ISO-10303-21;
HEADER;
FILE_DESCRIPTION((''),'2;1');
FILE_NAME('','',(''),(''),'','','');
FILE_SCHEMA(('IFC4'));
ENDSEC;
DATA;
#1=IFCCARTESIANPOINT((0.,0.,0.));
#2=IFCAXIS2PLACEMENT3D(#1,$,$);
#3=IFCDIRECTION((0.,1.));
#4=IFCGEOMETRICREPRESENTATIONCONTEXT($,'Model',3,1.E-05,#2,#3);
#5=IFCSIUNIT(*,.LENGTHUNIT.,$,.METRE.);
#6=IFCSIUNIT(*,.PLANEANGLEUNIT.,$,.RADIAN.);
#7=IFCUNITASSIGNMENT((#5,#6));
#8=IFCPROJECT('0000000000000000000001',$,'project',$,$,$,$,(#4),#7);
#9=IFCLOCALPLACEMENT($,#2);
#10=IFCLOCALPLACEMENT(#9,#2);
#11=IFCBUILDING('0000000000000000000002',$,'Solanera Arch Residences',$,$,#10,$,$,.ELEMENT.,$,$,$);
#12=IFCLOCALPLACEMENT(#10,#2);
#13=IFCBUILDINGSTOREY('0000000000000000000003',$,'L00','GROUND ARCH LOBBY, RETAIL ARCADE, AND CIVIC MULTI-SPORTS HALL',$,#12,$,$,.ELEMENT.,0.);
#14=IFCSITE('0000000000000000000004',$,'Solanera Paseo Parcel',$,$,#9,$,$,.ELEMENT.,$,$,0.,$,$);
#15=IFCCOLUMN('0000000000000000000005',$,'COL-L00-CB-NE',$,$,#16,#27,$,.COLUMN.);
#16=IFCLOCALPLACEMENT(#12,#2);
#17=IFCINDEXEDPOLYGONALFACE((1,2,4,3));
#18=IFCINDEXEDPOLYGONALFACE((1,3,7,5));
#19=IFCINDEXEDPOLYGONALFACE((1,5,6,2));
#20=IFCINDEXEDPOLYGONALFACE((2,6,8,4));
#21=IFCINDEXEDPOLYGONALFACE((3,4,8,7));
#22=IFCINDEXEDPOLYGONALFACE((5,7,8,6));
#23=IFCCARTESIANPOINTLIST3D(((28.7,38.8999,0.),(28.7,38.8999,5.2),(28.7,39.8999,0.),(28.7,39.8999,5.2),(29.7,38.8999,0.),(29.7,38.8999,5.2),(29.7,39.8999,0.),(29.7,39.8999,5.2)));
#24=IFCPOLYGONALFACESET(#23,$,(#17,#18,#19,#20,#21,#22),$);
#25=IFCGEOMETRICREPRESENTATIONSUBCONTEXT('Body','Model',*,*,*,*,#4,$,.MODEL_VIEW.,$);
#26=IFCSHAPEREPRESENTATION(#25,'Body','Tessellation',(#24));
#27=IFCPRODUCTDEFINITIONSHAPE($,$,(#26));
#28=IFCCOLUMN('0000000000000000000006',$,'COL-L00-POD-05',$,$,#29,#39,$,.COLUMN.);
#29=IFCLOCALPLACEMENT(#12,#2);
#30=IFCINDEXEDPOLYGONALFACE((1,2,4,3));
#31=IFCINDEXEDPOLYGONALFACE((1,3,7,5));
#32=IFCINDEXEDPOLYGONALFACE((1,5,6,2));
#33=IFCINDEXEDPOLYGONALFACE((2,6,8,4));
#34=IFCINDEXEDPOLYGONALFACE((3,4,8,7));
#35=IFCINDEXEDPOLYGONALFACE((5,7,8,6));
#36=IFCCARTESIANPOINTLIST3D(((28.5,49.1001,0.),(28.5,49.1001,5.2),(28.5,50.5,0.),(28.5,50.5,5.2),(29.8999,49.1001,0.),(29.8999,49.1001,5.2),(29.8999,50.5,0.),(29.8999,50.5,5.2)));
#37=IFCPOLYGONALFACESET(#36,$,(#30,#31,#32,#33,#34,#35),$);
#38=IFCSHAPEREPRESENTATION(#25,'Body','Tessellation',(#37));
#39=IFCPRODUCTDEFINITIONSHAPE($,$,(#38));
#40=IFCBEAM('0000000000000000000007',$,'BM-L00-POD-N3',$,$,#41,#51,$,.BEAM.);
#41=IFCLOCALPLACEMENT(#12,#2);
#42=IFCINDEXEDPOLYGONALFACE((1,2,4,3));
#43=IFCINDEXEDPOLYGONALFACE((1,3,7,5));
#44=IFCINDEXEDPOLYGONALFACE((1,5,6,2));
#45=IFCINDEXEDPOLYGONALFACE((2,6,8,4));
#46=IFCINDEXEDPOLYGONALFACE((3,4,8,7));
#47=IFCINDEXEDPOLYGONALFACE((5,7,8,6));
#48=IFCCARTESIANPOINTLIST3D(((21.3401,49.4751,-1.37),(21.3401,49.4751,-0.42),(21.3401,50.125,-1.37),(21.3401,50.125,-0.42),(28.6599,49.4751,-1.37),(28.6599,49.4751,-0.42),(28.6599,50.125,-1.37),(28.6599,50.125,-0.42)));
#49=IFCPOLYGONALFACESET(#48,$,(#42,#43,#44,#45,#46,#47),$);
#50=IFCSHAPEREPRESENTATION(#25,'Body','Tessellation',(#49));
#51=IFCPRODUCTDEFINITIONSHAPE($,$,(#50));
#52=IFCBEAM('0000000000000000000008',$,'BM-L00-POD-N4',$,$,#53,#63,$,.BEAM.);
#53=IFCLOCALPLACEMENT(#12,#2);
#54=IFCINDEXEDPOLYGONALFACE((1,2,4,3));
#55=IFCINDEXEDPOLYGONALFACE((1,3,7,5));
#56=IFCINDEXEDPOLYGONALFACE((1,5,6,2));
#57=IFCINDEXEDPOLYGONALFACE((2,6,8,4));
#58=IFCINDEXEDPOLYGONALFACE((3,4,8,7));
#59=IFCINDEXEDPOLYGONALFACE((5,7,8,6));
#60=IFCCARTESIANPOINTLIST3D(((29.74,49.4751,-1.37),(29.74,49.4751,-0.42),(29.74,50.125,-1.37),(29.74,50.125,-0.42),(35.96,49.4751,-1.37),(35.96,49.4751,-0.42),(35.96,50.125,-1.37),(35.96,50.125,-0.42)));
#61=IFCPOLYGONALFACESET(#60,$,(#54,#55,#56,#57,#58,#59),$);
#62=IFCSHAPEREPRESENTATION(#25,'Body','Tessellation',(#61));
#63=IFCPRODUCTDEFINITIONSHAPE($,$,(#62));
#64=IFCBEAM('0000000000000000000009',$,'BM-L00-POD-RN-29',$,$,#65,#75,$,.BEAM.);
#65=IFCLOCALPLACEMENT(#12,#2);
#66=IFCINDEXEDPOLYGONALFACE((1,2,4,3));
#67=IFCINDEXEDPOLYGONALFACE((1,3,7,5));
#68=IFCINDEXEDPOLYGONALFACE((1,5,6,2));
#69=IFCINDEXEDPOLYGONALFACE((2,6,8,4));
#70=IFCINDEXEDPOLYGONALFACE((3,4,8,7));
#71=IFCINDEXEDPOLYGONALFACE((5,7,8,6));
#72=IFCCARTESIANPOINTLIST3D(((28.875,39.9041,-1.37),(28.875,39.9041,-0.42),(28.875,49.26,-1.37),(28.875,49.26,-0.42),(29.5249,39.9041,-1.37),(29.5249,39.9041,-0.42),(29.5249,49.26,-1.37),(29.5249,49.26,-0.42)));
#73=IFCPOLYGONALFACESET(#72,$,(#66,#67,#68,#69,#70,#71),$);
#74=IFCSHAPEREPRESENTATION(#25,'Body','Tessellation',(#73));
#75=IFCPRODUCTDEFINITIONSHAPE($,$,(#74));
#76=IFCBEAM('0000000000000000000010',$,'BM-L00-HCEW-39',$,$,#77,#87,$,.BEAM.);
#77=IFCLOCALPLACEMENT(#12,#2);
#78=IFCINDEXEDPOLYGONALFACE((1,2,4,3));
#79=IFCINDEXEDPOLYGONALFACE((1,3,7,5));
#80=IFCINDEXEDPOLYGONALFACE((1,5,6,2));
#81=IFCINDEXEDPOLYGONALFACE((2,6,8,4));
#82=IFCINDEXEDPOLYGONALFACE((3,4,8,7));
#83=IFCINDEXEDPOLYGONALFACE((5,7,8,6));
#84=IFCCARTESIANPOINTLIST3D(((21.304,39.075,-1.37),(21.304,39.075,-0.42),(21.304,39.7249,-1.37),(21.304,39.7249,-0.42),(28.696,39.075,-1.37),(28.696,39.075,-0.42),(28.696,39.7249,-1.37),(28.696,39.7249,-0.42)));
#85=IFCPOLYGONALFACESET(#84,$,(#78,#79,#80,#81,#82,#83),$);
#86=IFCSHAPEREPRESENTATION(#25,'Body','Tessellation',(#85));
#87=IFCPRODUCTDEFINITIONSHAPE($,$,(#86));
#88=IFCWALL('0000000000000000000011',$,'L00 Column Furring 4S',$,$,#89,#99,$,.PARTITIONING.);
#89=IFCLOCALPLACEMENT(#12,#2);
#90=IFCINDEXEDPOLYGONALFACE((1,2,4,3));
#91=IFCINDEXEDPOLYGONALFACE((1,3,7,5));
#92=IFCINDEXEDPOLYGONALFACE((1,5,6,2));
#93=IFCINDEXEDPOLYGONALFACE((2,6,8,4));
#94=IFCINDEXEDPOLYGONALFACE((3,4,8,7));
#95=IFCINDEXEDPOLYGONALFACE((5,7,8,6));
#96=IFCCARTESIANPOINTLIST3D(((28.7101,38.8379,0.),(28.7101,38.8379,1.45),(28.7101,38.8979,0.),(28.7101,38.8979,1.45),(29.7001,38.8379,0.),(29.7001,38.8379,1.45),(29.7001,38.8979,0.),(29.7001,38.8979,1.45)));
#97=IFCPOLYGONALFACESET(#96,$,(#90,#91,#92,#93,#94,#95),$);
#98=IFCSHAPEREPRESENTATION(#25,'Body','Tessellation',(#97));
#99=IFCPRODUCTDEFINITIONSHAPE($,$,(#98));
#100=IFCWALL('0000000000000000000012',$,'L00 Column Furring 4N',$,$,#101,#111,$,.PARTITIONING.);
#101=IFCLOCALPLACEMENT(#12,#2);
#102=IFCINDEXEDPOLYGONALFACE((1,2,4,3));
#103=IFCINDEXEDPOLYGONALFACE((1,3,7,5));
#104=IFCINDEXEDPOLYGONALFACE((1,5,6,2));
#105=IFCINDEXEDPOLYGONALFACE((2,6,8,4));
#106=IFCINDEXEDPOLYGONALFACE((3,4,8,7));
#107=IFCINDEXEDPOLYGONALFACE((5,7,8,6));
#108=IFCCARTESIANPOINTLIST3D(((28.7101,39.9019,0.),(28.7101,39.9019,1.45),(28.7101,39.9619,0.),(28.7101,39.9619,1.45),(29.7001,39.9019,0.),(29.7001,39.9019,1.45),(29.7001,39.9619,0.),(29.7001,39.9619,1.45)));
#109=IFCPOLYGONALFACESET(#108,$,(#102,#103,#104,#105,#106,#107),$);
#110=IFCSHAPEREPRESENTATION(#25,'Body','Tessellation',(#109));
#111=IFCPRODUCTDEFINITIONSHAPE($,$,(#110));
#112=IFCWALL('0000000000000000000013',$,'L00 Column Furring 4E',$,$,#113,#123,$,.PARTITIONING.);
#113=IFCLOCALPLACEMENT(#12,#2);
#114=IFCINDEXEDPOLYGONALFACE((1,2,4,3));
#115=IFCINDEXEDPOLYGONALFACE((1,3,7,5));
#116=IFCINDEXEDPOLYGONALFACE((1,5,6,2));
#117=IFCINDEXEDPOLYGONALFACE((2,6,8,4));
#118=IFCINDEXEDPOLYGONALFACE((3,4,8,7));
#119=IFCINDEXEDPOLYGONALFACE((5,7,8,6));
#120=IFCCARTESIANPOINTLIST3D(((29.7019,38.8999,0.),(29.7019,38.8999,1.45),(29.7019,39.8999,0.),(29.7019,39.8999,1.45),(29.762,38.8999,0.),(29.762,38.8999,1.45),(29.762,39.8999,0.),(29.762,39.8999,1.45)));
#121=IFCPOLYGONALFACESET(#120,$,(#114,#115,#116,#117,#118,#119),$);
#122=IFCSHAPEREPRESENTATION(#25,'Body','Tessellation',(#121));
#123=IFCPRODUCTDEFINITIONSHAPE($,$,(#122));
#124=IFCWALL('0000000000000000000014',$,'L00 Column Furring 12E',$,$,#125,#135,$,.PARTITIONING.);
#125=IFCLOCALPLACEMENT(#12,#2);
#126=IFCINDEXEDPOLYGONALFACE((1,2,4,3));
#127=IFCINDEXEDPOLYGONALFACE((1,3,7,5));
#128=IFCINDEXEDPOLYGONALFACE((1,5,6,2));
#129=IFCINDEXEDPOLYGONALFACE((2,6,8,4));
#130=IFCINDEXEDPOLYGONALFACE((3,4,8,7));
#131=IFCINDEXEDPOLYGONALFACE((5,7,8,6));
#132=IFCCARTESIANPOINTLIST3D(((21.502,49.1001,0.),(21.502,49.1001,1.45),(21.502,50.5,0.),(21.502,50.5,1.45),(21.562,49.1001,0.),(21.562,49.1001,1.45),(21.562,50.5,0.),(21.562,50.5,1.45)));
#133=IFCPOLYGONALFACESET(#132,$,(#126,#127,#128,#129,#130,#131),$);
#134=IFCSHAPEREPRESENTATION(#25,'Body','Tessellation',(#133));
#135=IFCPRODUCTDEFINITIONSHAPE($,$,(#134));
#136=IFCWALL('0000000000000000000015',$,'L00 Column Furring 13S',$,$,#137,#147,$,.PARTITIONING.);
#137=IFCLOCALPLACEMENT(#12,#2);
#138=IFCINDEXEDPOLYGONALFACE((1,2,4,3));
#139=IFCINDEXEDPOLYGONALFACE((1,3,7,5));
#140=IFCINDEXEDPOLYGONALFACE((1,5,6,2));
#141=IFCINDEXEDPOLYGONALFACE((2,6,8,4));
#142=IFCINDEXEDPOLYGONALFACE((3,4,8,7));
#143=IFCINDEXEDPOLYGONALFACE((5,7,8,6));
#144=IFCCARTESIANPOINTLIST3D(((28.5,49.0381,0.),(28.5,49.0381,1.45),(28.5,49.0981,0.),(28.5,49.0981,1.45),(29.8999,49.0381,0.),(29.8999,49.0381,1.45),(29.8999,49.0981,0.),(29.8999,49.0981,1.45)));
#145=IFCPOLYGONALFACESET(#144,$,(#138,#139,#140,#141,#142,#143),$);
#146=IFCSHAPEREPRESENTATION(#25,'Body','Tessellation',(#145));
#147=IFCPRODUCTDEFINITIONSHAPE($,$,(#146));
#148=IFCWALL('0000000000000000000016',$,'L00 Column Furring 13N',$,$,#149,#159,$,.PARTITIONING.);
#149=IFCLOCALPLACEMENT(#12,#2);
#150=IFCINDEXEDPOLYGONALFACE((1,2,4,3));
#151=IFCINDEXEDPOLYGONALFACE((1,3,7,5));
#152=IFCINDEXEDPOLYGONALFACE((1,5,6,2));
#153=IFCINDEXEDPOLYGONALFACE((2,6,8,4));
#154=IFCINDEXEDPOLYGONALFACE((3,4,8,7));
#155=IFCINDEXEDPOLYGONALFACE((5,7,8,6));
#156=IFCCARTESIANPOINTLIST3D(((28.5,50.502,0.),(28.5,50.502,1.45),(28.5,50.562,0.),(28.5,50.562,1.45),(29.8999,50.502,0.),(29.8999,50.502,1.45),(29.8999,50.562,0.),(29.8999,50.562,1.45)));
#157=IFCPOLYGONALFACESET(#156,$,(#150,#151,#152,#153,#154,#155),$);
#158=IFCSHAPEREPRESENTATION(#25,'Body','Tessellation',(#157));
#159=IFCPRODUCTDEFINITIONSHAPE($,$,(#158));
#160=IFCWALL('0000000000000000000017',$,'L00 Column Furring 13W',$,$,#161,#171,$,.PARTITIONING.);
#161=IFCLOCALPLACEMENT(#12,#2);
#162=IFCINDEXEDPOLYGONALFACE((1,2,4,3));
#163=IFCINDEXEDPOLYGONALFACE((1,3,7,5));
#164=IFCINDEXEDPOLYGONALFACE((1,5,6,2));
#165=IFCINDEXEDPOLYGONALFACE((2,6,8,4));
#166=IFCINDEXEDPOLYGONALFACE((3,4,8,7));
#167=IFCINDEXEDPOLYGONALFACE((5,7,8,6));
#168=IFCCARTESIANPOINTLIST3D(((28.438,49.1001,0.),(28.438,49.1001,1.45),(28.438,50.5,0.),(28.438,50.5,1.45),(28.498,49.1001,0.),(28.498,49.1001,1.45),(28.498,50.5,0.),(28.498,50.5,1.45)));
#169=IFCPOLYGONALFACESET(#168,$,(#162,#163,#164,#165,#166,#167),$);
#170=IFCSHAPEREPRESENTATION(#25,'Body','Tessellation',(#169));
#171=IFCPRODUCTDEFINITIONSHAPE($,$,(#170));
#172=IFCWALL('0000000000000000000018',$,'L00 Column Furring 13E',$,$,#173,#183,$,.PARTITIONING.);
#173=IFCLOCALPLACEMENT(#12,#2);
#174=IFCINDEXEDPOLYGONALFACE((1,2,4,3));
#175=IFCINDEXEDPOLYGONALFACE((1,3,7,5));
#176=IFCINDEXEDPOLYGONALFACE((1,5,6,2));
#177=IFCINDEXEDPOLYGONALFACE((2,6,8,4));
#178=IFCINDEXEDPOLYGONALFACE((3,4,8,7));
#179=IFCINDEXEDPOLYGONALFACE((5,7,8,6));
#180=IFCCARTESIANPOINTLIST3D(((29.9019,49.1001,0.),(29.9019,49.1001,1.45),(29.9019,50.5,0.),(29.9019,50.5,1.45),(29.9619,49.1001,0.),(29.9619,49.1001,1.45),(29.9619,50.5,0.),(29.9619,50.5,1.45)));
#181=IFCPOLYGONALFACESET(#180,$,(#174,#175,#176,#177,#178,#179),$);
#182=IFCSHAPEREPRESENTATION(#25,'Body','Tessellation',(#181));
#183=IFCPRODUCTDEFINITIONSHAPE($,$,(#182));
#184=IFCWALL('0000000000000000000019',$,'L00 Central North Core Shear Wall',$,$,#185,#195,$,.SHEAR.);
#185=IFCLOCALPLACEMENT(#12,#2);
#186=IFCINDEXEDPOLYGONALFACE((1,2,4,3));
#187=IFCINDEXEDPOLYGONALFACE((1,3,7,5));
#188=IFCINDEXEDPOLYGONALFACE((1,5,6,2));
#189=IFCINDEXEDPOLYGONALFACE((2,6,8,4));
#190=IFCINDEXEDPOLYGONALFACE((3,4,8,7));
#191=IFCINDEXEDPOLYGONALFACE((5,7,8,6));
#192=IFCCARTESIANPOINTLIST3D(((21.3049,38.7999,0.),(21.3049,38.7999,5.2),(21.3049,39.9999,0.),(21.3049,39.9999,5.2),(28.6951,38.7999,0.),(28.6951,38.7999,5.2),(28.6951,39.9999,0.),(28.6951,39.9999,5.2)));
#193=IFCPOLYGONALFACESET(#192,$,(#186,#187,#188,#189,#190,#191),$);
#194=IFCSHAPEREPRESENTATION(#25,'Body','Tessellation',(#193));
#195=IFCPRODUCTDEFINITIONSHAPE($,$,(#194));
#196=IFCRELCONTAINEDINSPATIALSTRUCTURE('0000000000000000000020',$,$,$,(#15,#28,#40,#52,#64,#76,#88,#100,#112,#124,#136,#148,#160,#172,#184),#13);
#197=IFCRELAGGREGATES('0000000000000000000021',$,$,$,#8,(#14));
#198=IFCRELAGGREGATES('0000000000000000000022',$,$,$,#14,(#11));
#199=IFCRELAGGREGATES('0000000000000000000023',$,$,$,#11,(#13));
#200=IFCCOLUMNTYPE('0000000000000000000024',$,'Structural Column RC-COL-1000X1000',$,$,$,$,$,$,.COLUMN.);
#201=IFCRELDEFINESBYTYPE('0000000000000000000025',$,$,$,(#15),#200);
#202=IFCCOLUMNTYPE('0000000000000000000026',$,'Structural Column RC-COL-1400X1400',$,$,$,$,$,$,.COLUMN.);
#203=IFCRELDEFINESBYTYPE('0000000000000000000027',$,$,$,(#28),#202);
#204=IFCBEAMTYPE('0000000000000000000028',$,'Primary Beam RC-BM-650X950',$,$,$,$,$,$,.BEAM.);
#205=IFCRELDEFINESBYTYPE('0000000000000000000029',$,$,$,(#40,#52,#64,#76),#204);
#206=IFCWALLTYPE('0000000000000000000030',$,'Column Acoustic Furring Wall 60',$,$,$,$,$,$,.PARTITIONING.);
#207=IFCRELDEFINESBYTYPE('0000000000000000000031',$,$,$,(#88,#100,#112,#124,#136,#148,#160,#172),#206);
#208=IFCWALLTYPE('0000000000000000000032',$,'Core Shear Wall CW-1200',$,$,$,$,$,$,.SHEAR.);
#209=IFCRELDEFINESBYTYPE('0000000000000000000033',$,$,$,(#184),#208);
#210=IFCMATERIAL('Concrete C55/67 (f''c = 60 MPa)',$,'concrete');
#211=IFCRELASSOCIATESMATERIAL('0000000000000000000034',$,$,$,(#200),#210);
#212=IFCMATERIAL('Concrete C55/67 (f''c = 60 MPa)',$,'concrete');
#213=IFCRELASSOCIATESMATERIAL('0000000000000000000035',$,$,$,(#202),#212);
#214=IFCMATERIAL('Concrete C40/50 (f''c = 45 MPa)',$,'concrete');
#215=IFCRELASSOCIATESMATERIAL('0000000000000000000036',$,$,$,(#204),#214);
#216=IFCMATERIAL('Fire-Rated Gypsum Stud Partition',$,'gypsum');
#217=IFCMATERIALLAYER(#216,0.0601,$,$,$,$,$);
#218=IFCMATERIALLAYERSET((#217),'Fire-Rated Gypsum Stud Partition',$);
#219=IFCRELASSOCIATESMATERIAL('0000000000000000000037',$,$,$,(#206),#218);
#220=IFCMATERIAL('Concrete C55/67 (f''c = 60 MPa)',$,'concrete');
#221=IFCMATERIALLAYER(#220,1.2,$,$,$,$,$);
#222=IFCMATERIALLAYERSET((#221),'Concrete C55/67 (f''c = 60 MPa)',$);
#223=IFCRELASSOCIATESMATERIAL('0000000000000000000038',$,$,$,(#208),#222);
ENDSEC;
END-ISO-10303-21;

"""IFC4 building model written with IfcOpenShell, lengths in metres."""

from ifc_helpers import new_model, si_unit, direction, frame, frame_2d, origin, origin_2d, place, context, subcontext, project, spatial, rectangle, extrude, material, layer, layer_set, material_profile, profile_set, type_object, element, save


model = new_model("IFC4")

# Units and contexts
model_context = context("Model", 3, precision=1e-05, world=origin(), true_north=direction((0.0, 1.0)))
body_context = subcontext(model_context, "Body", "Model", "MODEL_VIEW")
ifc_project = project(units=[si_unit("LENGTHUNIT", "METRE"), si_unit("PLANEANGLEUNIT", "RADIAN")], contexts=[model_context])

# Site, building, storey
site_placement = place(None, origin())
site = spatial("IfcSite", under=ifc_project, at=site_placement, Name="Solanera Paseo Parcel", CompositionType="ELEMENT", RefElevation=0.0)
building_placement = place(site_placement, origin())
building = spatial("IfcBuilding", under=site, at=building_placement, Name="Solanera Arch Residences", CompositionType="ELEMENT")
storey_placement = place(building_placement, origin())
storey = spatial("IfcBuildingStorey", under=building, at=storey_placement, Name="L00", Description="GROUND ARCH LOBBY, RETAIL ARCADE, AND CIVIC MULTI-SPORTS HALL", CompositionType="ELEMENT", Elevation=0.0)

# Columns
ifc_material_1 = material(Name="Concrete C55/67 (f'c = 60 MPa)", Category="concrete")
ifc_material_profile_1 = material_profile(ifc_material_1, rectangle(XDim=1.0, YDim=1.0, at=origin_2d()))
ifc_profile_set_1 = profile_set([ifc_material_profile_1], Name="Concrete C55/67 (f'c = 60 MPa)")
column_type_1 = type_object("IfcColumnType", Name="Structural Column RC-COL-1000X1000", PredefinedType="COLUMN", material=ifc_profile_set_1)
column_1_placement = place(storey_placement, frame((29.2, 39.3999, 0.0), z_axis=(0.0, 0.0, 1.0), x_axis=(1.0, 0.0, 0.0)))
element("IfcColumn", 1, at=column_1_placement, inside=storey, type_object=column_type_1, Name="COL-L00-CB-NE", PredefinedType="COLUMN", context=body_context, shape_type="SweptSolid", body=[
    extrude(rectangle(XDim=1.0, YDim=1.0, at=origin_2d()), origin(), (0.0, 0.0, 1.0), 5.2),
])
ifc_material_2 = material(Name="Concrete C55/67 (f'c = 60 MPa)", Category="concrete")
ifc_material_profile_2 = material_profile(ifc_material_2, rectangle(XDim=1.3999, YDim=1.3999, at=origin_2d()))
ifc_profile_set_2 = profile_set([ifc_material_profile_2], Name="Concrete C55/67 (f'c = 60 MPa)")
column_type_2 = type_object("IfcColumnType", Name="Structural Column RC-COL-1400X1400", PredefinedType="COLUMN", material=ifc_profile_set_2)
column_2_placement = place(storey_placement, frame((29.2, 49.8, 0.0), z_axis=(0.0, 0.0, 1.0), x_axis=(1.0, 0.0, 0.0)))
element("IfcColumn", 2, at=column_2_placement, inside=storey, type_object=column_type_2, Name="COL-L00-POD-05", PredefinedType="COLUMN", context=body_context, shape_type="SweptSolid", body=[
    extrude(rectangle(XDim=1.3999, YDim=1.3999, at=origin_2d()), origin(), (0.0, 0.0, 1.0), 5.2),
])

# Beams
ifc_material_3 = material(Name="Concrete C40/50 (f'c = 45 MPa)", Category="concrete")
ifc_material_profile_3 = material_profile(ifc_material_3, rectangle(XDim=0.6499, YDim=0.95, at=origin_2d()))
ifc_profile_set_3 = profile_set([ifc_material_profile_3], Name="Concrete C40/50 (f'c = 45 MPa)")
beam_type = type_object("IfcBeamType", Name="Primary Beam RC-BM-650X950", PredefinedType="BEAM", material=ifc_profile_set_3)
beam_1_placement = place(storey_placement, frame((21.3401, 49.8, -0.895), z_axis=(1.0, 0.0, 0.0), x_axis=(0.0, 1.0, 0.0)))
element("IfcBeam", 3, at=beam_1_placement, inside=storey, type_object=beam_type, Name="BM-L00-POD-N3", PredefinedType="BEAM", context=body_context, shape_type="SweptSolid", body=[
    extrude(rectangle(XDim=0.6499, YDim=0.95, at=origin_2d()), origin(), (0.0, 0.0, 1.0), 7.3198),
])
beam_2_placement = place(storey_placement, frame((29.74, 49.8, -0.895), z_axis=(1.0, 0.0, 0.0), x_axis=(0.0, 1.0, 0.0)))
element("IfcBeam", 4, at=beam_2_placement, inside=storey, type_object=beam_type, Name="BM-L00-POD-N4", PredefinedType="BEAM", context=body_context, shape_type="SweptSolid", body=[
    extrude(rectangle(XDim=0.6499, YDim=0.95, at=origin_2d()), origin(), (0.0, 0.0, 1.0), 6.22),
])
beam_3_placement = place(storey_placement, frame((29.2, 39.9041, -0.895), z_axis=(0.0, 1.0, 0.0), x_axis=(-1.0, 0.0, 0.0)))
element("IfcBeam", 5, at=beam_3_placement, inside=storey, type_object=beam_type, Name="BM-L00-POD-RN-29", PredefinedType="BEAM", context=body_context, shape_type="SweptSolid", body=[
    extrude(rectangle(XDim=0.6499, YDim=0.95, at=origin_2d()), origin(), (0.0, 0.0, 1.0), 9.356),
])
beam_4_placement = place(storey_placement, frame((21.304, 39.3999, -0.895), z_axis=(1.0, 0.0, 0.0), x_axis=(0.0, 1.0, 0.0)))
element("IfcBeam", 6, at=beam_4_placement, inside=storey, type_object=beam_type, Name="BM-L00-HCEW-39", PredefinedType="BEAM", context=body_context, shape_type="SweptSolid", body=[
    extrude(rectangle(XDim=0.6499, YDim=0.95, at=origin_2d()), origin(), (0.0, 0.0, 1.0), 7.3921),
])

# Walls
ifc_material_4 = material(Name="Fire-Rated Gypsum Stud Partition", Category="gypsum")
ifc_layer_1 = layer(ifc_material_4, 0.0601)
ifc_layer_set_1 = layer_set([ifc_layer_1], Name="Fire-Rated Gypsum Stud Partition")
wall_type_1 = type_object("IfcWallType", Name="Column Acoustic Furring Wall 60", PredefinedType="PARTITIONING", material=ifc_layer_set_1)
for number, where, z_axis, x_axis, name in (
    (7, (28.71, 38.8679, 0.0), (0.0, 0.0, 1.0), (1.0, 0.0, 0.0), "L00 Column Furring 4S"),
    (8, (28.71, 39.9319, 0.0), (0.0, 0.0, 1.0), (1.0, 0.0, 0.0), "L00 Column Furring 4N"),
):
    element("IfcWall", number, at=place(storey_placement, frame(where, z_axis=z_axis, x_axis=x_axis)), inside=storey, type_object=wall_type_1, Name=name, PredefinedType="PARTITIONING", context=body_context, shape_type="SweptSolid", body=[
        extrude(rectangle(XDim=0.99, YDim=0.0601, at=frame_2d((0.4951, 0.0))), origin(), (0.0, 0.0, 1.0), 1.45),
    ])
wall_1_placement = place(storey_placement, frame((29.7319, 38.8999, 0.0), z_axis=(0.0, 0.0, 1.0), x_axis=(0.0, 1.0, 0.0)))
element("IfcWall", 9, at=wall_1_placement, inside=storey, type_object=wall_type_1, Name="L00 Column Furring 4E", PredefinedType="PARTITIONING", context=body_context, shape_type="SweptSolid", body=[
    extrude(rectangle(XDim=1.0, YDim=0.0601, at=frame_2d((0.5, 0.0))), origin(), (0.0, 0.0, 1.0), 1.45),
])
for number, where, z_axis, x_axis, name in (
    (10, (21.532, 49.1001, 0.0), (0.0, 0.0, 1.0), (0.0, 1.0, 0.0), "L00 Column Furring 12E"),
    (11, (28.5, 49.0681, 0.0), (0.0, 0.0, 1.0), (1.0, 0.0, 0.0), "L00 Column Furring 13S"),
    (12, (28.5, 50.532, 0.0), (0.0, 0.0, 1.0), (1.0, 0.0, 0.0), "L00 Column Furring 13N"),
    (13, (28.468, 49.1001, 0.0), (0.0, 0.0, 1.0), (0.0, 1.0, 0.0), "L00 Column Furring 13W"),
    (14, (29.9319, 49.1001, 0.0), (0.0, 0.0, 1.0), (0.0, 1.0, 0.0), "L00 Column Furring 13E"),
):
    element("IfcWall", number, at=place(storey_placement, frame(where, z_axis=z_axis, x_axis=x_axis)), inside=storey, type_object=wall_type_1, Name=name, PredefinedType="PARTITIONING", context=body_context, shape_type="SweptSolid", body=[
        extrude(rectangle(XDim=1.3999, YDim=0.0601, at=frame_2d((0.7, 0.0))), origin(), (0.0, 0.0, 1.0), 1.45),
    ])
ifc_material_5 = material(Name="Concrete C55/67 (f'c = 60 MPa)", Category="concrete")
ifc_layer_2 = layer(ifc_material_5, 1.2)
ifc_layer_set_2 = layer_set([ifc_layer_2], Name="Concrete C55/67 (f'c = 60 MPa)")
wall_type_2 = type_object("IfcWallType", Name="Core Shear Wall CW-1200", PredefinedType="SHEAR", material=ifc_layer_set_2)
wall_2_placement = place(storey_placement, frame((21.3049, 39.3999, 0.0), z_axis=(0.0, 0.0, 1.0), x_axis=(1.0, 0.0, 0.0)))
element("IfcWall", 15, at=wall_2_placement, inside=storey, type_object=wall_type_2, Name="L00 Central North Core Shear Wall", PredefinedType="SHEAR", context=body_context, shape_type="SweptSolid", body=[
    extrude(rectangle(XDim=7.3901, YDim=1.2, at=frame_2d((3.6951, 0.0))), origin(), (0.0, 0.0, 1.0), 5.2),
])

save(model, "model.ifc")
